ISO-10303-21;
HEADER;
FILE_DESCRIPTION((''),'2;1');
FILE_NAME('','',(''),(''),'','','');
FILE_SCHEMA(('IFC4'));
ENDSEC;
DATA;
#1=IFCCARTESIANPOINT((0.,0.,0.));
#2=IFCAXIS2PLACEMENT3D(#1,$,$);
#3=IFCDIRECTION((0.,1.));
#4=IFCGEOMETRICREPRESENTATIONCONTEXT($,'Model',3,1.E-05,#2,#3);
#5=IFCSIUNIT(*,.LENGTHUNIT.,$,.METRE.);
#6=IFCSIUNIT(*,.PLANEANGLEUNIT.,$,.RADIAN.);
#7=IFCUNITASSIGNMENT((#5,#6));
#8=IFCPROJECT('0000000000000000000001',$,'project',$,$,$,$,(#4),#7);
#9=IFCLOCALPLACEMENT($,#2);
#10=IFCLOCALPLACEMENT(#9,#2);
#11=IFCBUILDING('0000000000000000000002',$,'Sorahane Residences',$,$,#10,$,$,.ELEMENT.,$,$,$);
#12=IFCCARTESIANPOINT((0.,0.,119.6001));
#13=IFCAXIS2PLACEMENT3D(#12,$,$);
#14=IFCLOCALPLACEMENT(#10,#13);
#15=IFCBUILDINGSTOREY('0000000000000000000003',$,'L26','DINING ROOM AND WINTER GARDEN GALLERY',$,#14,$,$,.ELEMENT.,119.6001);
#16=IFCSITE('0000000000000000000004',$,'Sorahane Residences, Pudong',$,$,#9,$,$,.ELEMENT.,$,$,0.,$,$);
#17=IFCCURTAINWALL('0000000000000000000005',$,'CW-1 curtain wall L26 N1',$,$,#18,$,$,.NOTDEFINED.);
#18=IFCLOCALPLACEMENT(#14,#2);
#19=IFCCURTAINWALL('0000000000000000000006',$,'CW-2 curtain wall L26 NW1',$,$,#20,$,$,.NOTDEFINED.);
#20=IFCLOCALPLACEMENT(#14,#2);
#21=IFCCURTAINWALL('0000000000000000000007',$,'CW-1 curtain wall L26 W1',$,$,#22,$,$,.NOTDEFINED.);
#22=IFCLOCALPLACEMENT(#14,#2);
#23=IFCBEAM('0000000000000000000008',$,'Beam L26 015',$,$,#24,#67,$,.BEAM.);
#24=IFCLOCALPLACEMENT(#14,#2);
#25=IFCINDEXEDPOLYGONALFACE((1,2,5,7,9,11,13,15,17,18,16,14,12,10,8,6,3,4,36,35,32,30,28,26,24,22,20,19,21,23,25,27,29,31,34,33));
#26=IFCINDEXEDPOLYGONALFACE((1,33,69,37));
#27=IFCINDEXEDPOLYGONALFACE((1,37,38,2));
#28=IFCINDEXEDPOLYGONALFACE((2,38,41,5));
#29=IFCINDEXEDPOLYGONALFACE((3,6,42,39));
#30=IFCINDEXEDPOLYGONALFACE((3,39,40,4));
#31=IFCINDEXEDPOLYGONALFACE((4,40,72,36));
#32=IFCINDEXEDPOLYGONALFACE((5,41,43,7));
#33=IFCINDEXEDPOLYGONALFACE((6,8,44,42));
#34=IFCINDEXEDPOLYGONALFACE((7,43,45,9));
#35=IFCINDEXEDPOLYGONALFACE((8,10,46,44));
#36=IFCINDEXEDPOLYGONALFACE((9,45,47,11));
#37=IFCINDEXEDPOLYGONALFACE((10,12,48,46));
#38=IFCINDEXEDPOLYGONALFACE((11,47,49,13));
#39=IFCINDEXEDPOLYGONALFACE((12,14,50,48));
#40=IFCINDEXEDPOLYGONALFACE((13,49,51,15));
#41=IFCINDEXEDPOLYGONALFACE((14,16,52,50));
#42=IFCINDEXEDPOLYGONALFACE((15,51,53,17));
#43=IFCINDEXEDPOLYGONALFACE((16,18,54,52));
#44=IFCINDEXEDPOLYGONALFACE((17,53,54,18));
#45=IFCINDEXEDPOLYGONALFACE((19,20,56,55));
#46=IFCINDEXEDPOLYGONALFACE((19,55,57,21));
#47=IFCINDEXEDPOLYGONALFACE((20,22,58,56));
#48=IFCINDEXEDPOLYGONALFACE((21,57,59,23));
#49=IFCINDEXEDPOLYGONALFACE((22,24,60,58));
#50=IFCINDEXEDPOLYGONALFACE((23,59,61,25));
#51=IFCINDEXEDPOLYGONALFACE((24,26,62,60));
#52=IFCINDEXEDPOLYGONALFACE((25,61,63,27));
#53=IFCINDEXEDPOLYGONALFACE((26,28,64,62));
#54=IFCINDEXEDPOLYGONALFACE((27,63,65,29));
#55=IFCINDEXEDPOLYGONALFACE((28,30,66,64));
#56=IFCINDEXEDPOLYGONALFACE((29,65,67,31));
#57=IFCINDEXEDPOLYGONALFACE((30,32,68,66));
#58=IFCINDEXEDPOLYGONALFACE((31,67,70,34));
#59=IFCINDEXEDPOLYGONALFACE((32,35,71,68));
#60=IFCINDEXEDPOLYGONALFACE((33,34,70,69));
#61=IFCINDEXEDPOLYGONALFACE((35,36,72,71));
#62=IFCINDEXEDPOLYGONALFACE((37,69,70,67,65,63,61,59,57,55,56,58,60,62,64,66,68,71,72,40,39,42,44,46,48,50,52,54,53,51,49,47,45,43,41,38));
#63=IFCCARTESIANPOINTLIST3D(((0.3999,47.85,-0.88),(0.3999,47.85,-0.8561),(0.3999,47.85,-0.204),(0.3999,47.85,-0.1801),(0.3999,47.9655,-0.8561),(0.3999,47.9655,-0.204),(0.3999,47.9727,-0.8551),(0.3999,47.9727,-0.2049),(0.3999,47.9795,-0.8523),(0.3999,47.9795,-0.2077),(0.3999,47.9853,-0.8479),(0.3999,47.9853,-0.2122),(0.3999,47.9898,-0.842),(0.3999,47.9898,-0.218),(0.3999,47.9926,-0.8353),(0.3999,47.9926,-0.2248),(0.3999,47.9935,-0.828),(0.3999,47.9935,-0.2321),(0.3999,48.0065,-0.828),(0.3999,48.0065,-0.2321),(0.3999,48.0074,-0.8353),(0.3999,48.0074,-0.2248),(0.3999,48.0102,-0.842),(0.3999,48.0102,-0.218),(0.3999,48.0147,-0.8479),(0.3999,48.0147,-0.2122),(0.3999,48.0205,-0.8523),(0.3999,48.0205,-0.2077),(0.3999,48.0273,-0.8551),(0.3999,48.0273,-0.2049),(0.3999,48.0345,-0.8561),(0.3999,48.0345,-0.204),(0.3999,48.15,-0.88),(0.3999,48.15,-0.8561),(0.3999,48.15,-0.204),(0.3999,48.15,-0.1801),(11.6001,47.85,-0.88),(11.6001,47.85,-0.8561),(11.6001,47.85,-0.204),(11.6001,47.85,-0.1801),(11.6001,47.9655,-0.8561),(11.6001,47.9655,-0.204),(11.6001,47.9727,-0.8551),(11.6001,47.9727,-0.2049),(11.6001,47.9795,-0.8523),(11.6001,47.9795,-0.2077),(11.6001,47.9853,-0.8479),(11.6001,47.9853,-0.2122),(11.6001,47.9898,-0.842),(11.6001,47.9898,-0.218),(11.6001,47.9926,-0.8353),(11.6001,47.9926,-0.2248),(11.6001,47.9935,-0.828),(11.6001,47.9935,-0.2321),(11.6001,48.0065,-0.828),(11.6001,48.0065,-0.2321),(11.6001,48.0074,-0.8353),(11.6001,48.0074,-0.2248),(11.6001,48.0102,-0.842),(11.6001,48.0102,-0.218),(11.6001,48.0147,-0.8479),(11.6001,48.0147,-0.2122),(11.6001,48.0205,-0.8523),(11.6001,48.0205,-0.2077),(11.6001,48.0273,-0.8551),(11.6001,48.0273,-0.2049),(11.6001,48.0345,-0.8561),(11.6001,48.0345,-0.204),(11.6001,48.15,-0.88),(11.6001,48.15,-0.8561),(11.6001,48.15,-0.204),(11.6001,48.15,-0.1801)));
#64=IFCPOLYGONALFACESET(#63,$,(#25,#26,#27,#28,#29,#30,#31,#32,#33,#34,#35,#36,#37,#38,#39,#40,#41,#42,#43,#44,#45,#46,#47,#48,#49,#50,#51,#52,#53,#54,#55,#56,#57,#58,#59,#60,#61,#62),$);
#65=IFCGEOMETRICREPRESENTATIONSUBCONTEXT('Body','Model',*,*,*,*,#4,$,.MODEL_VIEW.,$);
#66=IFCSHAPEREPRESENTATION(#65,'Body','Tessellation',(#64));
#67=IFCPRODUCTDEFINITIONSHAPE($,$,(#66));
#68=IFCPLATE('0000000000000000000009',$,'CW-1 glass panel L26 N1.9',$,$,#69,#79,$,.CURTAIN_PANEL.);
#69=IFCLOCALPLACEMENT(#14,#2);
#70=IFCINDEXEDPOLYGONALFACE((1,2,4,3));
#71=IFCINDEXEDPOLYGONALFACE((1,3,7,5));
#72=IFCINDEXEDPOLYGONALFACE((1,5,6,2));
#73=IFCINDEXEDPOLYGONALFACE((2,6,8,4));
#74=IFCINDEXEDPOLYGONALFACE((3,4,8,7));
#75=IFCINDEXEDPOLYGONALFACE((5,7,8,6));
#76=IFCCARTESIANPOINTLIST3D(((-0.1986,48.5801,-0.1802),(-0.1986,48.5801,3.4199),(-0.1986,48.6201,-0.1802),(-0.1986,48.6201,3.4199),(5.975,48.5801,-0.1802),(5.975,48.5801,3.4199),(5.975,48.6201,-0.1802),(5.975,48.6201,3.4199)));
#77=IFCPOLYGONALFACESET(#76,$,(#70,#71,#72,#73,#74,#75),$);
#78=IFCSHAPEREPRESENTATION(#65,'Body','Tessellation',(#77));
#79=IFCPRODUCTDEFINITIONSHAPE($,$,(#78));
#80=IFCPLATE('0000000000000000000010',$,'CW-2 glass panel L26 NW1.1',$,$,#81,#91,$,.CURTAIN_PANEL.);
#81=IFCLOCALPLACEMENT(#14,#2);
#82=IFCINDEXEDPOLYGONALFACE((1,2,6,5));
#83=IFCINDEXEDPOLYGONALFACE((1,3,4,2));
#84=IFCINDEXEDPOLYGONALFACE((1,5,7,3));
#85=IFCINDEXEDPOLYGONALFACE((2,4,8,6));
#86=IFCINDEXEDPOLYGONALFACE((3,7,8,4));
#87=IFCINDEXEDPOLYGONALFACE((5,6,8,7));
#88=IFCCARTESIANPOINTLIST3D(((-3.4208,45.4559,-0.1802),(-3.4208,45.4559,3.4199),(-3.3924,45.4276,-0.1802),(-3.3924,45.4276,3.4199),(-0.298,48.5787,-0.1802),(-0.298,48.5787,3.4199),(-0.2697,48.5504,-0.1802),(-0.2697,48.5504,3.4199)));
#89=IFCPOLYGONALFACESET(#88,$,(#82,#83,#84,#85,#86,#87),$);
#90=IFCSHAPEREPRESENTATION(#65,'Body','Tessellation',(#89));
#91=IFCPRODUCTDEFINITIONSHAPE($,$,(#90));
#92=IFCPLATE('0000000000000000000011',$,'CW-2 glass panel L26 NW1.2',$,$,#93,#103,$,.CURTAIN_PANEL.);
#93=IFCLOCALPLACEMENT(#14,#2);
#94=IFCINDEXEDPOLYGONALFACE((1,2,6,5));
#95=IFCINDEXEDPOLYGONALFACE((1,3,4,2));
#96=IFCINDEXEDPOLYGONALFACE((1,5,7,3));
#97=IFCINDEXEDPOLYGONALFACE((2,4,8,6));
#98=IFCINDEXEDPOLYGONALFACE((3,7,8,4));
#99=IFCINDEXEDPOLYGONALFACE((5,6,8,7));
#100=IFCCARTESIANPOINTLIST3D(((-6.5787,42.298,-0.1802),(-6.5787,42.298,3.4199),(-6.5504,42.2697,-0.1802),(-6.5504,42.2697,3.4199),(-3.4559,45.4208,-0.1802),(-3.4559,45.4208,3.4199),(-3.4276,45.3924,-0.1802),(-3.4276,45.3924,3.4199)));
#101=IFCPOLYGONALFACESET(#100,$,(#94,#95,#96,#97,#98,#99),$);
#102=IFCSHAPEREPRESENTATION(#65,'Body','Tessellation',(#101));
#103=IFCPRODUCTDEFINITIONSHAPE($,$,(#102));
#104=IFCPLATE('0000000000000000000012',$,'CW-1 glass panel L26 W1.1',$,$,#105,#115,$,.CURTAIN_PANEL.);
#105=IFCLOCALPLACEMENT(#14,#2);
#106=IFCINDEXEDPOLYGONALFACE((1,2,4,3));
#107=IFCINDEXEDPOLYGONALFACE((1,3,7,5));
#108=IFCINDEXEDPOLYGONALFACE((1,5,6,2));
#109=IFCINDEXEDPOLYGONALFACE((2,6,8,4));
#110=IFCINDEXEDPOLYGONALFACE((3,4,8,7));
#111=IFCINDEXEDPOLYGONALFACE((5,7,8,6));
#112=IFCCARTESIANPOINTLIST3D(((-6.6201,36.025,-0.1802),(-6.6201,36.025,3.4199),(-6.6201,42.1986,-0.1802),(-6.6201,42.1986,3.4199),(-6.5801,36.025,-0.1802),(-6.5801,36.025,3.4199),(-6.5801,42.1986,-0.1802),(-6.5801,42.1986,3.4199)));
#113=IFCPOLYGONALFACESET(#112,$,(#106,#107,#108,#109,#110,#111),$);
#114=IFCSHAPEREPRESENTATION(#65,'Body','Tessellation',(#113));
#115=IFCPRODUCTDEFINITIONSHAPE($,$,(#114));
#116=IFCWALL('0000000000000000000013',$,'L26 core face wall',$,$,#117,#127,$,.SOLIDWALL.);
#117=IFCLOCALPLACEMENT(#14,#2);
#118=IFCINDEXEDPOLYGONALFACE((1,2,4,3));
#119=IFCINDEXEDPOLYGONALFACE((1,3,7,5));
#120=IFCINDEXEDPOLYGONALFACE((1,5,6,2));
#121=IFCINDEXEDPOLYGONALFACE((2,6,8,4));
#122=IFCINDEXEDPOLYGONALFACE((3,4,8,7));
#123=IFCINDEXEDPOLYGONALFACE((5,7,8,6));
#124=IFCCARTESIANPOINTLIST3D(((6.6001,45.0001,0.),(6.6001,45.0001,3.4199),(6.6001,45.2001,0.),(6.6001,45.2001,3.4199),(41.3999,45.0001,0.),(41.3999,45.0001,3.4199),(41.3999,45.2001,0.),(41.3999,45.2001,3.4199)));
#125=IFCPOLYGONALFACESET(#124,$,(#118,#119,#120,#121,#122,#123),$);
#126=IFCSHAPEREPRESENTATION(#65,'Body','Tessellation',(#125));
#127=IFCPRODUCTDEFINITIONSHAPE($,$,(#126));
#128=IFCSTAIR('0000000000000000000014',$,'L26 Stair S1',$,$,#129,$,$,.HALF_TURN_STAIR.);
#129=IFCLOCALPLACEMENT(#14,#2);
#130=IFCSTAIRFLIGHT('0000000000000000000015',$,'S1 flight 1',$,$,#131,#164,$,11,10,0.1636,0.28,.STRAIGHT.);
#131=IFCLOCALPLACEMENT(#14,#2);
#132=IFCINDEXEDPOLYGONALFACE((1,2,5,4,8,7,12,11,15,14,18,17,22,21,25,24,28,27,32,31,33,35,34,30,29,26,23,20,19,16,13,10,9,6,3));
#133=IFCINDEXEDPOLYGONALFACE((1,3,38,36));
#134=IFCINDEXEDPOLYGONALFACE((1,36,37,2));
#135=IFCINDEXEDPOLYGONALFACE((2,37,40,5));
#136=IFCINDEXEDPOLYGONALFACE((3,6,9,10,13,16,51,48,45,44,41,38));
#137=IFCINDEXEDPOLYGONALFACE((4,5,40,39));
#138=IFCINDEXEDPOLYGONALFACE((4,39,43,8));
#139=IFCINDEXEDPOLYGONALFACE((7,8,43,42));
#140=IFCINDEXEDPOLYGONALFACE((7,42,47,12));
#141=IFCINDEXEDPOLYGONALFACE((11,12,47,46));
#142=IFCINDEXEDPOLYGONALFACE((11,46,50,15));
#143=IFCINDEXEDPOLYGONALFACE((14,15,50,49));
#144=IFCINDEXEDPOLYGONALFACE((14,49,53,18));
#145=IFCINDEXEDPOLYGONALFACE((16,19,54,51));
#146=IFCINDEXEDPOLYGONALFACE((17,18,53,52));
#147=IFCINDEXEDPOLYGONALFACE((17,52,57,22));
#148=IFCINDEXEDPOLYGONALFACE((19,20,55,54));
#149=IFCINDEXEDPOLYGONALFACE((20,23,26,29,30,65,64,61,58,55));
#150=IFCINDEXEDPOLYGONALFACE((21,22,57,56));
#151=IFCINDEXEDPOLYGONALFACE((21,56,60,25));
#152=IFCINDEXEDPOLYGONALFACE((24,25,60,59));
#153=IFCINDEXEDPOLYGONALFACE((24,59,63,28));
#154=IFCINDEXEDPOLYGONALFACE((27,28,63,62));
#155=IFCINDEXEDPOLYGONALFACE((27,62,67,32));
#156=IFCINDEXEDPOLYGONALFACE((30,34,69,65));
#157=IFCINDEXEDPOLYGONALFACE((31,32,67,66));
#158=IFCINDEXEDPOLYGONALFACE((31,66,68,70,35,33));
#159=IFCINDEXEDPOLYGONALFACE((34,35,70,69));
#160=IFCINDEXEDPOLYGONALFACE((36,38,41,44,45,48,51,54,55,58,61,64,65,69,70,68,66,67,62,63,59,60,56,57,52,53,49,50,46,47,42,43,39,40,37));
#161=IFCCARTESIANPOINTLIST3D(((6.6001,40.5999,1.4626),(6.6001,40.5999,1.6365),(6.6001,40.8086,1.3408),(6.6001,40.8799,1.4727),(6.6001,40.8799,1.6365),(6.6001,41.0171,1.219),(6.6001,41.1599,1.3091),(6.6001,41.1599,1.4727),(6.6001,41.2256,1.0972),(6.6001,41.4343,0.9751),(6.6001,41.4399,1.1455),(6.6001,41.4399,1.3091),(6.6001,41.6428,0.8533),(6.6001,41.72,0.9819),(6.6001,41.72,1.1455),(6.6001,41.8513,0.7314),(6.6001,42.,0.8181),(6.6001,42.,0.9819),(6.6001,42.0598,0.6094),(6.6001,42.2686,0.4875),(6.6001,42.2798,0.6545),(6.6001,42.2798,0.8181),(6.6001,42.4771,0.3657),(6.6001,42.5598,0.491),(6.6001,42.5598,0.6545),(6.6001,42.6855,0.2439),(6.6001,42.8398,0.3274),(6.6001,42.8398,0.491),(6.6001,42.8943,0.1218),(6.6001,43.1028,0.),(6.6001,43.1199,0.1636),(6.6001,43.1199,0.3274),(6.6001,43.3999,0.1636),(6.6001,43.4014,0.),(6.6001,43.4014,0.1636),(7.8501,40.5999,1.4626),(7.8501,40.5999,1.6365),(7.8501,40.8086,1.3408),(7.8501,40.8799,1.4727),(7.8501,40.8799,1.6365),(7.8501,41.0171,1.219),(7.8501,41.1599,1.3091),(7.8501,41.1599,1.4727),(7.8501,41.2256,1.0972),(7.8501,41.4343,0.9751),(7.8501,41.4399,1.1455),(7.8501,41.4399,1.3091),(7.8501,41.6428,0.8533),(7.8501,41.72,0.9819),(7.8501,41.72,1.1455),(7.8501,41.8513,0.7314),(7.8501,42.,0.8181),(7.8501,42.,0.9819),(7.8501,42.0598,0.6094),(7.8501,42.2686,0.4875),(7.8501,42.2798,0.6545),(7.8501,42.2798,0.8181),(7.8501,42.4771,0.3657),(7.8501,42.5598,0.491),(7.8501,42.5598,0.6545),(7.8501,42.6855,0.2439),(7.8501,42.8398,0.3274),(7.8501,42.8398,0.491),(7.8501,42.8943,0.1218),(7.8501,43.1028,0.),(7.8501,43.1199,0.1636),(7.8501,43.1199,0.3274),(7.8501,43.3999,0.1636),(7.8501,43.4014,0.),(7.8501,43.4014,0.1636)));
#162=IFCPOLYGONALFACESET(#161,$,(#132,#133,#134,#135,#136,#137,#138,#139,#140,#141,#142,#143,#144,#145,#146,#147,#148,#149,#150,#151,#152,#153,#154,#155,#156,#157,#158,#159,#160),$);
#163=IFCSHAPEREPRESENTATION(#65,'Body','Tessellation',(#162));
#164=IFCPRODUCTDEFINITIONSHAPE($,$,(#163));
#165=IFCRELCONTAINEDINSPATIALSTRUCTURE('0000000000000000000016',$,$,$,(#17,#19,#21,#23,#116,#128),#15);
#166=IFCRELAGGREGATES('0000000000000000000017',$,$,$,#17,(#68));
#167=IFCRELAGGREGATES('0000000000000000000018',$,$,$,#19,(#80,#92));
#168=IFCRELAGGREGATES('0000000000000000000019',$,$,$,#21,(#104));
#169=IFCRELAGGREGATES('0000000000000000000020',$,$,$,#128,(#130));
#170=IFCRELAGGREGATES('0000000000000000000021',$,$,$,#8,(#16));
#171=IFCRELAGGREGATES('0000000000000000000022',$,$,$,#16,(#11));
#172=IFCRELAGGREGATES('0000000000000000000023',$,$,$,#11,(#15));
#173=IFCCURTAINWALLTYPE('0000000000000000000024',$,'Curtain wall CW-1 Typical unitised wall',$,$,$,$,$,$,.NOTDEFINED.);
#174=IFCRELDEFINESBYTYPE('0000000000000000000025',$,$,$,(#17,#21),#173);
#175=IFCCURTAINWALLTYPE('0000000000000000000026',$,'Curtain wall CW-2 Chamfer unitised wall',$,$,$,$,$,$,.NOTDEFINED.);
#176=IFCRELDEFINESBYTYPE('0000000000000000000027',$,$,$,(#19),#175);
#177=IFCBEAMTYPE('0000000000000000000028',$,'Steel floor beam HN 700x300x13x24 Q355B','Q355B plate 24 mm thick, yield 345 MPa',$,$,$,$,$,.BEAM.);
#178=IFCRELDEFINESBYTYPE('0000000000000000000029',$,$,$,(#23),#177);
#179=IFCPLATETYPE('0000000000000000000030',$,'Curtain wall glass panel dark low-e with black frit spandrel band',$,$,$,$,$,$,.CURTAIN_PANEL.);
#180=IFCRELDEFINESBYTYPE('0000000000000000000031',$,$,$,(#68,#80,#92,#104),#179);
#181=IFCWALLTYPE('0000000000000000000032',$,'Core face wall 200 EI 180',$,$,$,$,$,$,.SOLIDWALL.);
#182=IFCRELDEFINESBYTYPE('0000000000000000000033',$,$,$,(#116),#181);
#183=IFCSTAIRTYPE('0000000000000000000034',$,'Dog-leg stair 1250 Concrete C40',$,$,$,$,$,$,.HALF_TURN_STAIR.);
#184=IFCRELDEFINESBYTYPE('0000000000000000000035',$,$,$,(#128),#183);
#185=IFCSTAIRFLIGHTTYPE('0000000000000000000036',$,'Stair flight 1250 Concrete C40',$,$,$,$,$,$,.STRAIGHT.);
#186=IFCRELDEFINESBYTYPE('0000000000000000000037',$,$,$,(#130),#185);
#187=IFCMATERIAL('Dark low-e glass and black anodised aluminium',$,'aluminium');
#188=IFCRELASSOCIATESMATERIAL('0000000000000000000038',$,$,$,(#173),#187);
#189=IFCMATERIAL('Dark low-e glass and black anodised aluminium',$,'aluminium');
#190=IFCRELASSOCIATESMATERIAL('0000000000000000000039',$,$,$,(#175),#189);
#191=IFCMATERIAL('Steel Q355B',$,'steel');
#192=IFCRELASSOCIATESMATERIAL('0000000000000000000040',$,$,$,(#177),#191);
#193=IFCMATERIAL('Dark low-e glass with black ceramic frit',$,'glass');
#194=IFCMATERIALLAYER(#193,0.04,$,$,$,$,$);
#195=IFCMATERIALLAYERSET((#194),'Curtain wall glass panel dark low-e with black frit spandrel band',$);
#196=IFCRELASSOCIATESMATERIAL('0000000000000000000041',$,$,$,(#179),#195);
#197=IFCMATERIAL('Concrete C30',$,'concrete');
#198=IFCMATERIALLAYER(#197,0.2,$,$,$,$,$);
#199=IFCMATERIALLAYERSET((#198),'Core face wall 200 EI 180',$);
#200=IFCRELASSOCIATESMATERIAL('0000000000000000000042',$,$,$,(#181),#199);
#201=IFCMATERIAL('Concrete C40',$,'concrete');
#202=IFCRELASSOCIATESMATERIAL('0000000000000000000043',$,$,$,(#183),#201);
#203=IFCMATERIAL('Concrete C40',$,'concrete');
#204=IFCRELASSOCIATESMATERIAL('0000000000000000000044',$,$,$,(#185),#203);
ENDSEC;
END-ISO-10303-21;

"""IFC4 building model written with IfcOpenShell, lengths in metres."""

from ifc_helpers import new_model, si_unit, direction, frame, frame_2d, origin, origin_2d, place, context, subcontext, project, spatial, polyline, rectangle, i_section, outline, extrude, material, layer, layer_set, material_profile, profile_set, type_object, element, aggregate, save


model = new_model("IFC4")

# Units and contexts
model_context = context("Model", 3, precision=1e-05, world=origin(), true_north=direction((0.0, 1.0)))
body_context = subcontext(model_context, "Body", "Model", "MODEL_VIEW")
ifc_project = project(units=[si_unit("LENGTHUNIT", "METRE"), si_unit("PLANEANGLEUNIT", "RADIAN")], contexts=[model_context])

# Site, building, storey
site_placement = place(None, origin())
site = spatial("IfcSite", under=ifc_project, at=site_placement, Name="Sorahane Residences, Pudong", CompositionType="ELEMENT", RefElevation=0.0)
building_placement = place(site_placement, origin())
building = spatial("IfcBuilding", under=site, at=building_placement, Name="Sorahane Residences", CompositionType="ELEMENT")
storey_placement = place(building_placement, frame((0.0, 0.0, 119.6001)))
storey = spatial("IfcBuildingStorey", under=building, at=storey_placement, Name="L26", Description="DINING ROOM AND WINTER GARDEN GALLERY", CompositionType="ELEMENT", Elevation=119.6001)

# Curtain walls
ifc_material_1 = material(Name="Dark low-e glass and black anodised aluminium", Category="aluminium")
curtain_wall_type_1 = type_object("IfcCurtainWallType", Name="Curtain wall CW-1 Typical unitised wall", PredefinedType="NOTDEFINED", material=ifc_material_1)
curtain_wall_1_placement = place(storey_placement, origin())
curtain_wall_1 = element("IfcCurtainWall", 1, at=curtain_wall_1_placement, inside=storey, type_object=curtain_wall_type_1, Name="CW-1 curtain wall L26 N1", PredefinedType="NOTDEFINED")
ifc_material_2 = material(Name="Dark low-e glass and black anodised aluminium", Category="aluminium")
curtain_wall_type_2 = type_object("IfcCurtainWallType", Name="Curtain wall CW-2 Chamfer unitised wall", PredefinedType="NOTDEFINED", material=ifc_material_2)
curtain_wall_2_placement = place(storey_placement, origin())
curtain_wall_2 = element("IfcCurtainWall", 2, at=curtain_wall_2_placement, inside=storey, type_object=curtain_wall_type_2, Name="CW-2 curtain wall L26 NW1", PredefinedType="NOTDEFINED")

# Curtain wall
curtain_wall_3_placement = place(storey_placement, origin())
curtain_wall_3 = element("IfcCurtainWall", 3, at=curtain_wall_3_placement, inside=storey, type_object=curtain_wall_type_1, Name="CW-1 curtain wall L26 W1", PredefinedType="NOTDEFINED")

# Beam
ifc_material_3 = material(Name="Steel Q355B", Category="steel")
ifc_material_profile_1 = material_profile(ifc_material_3, i_section(OverallWidth=0.3, OverallDepth=0.7, WebThickness=0.0129, FlangeThickness=0.0239, FilletRadius=0.0281, at=origin_2d()), Name="HN 700x300x13x24")
ifc_profile_set_1 = profile_set([ifc_material_profile_1], Name="Steel Q355B")
beam_type_1 = type_object("IfcBeamType", Name="Steel floor beam HN 700x300x13x24 Q355B", Description="Q355B plate 24 mm thick, yield 345 MPa", PredefinedType="BEAM", material=ifc_profile_set_1)
beam_1_placement = place(storey_placement, frame((0.3999, 48.0, -0.53), z_axis=(1.0, 0.0, 0.0), x_axis=(0.0, 1.0, 0.0)))
element("IfcBeam", 4, at=beam_1_placement, inside=storey, type_object=beam_type_1, Name="Beam L26 015", PredefinedType="BEAM", context=body_context, shape_type="SweptSolid", body=[
    extrude(i_section(OverallWidth=0.3, OverallDepth=0.7, WebThickness=0.0129, FlangeThickness=0.0239, FilletRadius=0.0281, at=origin_2d()), origin(), (0.0, 0.0, 1.0), 11.2002),
])

# Plates
ifc_material_4 = material(Name="Dark low-e glass with black ceramic frit", Category="glass")
ifc_layer_1 = layer(ifc_material_4, 0.04)
ifc_layer_set_1 = layer_set([ifc_layer_1], Name="Curtain wall glass panel dark low-e with black frit spandrel band")
plate_type = type_object("IfcPlateType", Name="Curtain wall glass panel dark low-e with black frit spandrel band", PredefinedType="CURTAIN_PANEL", material=ifc_layer_set_1)
plate_1_placement = place(storey_placement, frame((2.8882, 48.6001, -0.1802), z_axis=(0.0, 0.0, 1.0), x_axis=(-1.0, 0.0, 0.0)))
plate_1 = element("IfcPlate", 5, at=plate_1_placement, type_object=plate_type, Name="CW-1 glass panel L26 N1.9", PredefinedType="CURTAIN_PANEL", context=body_context, shape_type="SweptSolid", body=[
    extrude(rectangle(XDim=6.1736, YDim=0.04, at=origin_2d()), origin(), (0.0, 0.0, 1.0), 3.6001),
])
aggregate(curtain_wall_1, [plate_1])
plate_2_placement = place(storey_placement, frame((-1.8452, 47.0032, -0.1802), z_axis=(0.0, 0.0, 1.0), x_axis=(-0.707107, -0.707107, 0.0)))
plate_2 = element("IfcPlate", 6, at=plate_2_placement, type_object=plate_type, Name="CW-2 glass panel L26 NW1.1", PredefinedType="CURTAIN_PANEL", context=body_context, shape_type="SweptSolid", body=[
    extrude(rectangle(XDim=4.4163, YDim=0.04, at=origin_2d()), origin(), (0.0, 0.0, 1.0), 3.6001),
])
plate_3_placement = place(storey_placement, frame((-5.0032, 43.8452, -0.1802), z_axis=(0.0, 0.0, 1.0), x_axis=(-0.707107, -0.707107, 0.0)))
plate_3 = element("IfcPlate", 7, at=plate_3_placement, type_object=plate_type, Name="CW-2 glass panel L26 NW1.2", PredefinedType="CURTAIN_PANEL", context=body_context, shape_type="SweptSolid", body=[
    extrude(rectangle(XDim=4.4163, YDim=0.04, at=origin_2d()), origin(), (0.0, 0.0, 1.0), 3.6001),
])
aggregate(curtain_wall_2, [plate_2, plate_3])
plate_4_placement = place(storey_placement, frame((-6.6001, 39.1118, -0.1802), z_axis=(0.0, 0.0, 1.0), x_axis=(0.0, -1.0, 0.0)))
plate_4 = element("IfcPlate", 8, at=plate_4_placement, type_object=plate_type, Name="CW-1 glass panel L26 W1.1", PredefinedType="CURTAIN_PANEL", context=body_context, shape_type="SweptSolid", body=[
    extrude(rectangle(XDim=6.1736, YDim=0.04, at=origin_2d()), origin(), (0.0, 0.0, 1.0), 3.6001),
])
aggregate(curtain_wall_3, [plate_4])

# Wall
ifc_material_5 = material(Name="Concrete C30", Category="concrete")
ifc_layer_2 = layer(ifc_material_5, 0.2)
ifc_layer_set_2 = layer_set([ifc_layer_2], Name="Core face wall 200 EI 180")
wall_type = type_object("IfcWallType", Name="Core face wall 200 EI 180", PredefinedType="SOLIDWALL", material=ifc_layer_set_2)
wall_placement = place(storey_placement, frame((6.6001, 45.1001, 0.0), z_axis=(0.0, 0.0, 1.0), x_axis=(1.0, 0.0, 0.0)))
element("IfcWall", 9, at=wall_placement, inside=storey, type_object=wall_type, Name="L26 core face wall", PredefinedType="SOLIDWALL", context=body_context, shape_type="SweptSolid", body=[
    extrude(rectangle(XDim=34.7998, YDim=0.2, at=frame_2d((17.3999, 0.0))), origin(), (0.0, 0.0, 1.0), 3.4199),
])

# Stair, stair flight
ifc_material_6 = material(Name="Concrete C40", Category="concrete")
stair_type = type_object("IfcStairType", Name="Dog-leg stair 1250 Concrete C40", PredefinedType="HALF_TURN_STAIR", material=ifc_material_6)
stair_placement = place(storey_placement, origin())
stair = element("IfcStair", 10, at=stair_placement, inside=storey, type_object=stair_type, Name="L26 Stair S1", PredefinedType="HALF_TURN_STAIR")
ifc_material_7 = material(Name="Concrete C40", Category="concrete")
stair_flight_type = type_object("IfcStairFlightType", Name="Stair flight 1250 Concrete C40", PredefinedType="STRAIGHT", material=ifc_material_7)
stair_flight_placement = place(storey_placement, frame((7.2251, 43.3999, 0.0), z_axis=(0.0, 0.0, 1.0), x_axis=(0.0, -1.0, 0.0)))
stair_flight = element("IfcStairFlight", 11, at=stair_flight_placement, type_object=stair_flight_type, Name="S1 flight 1", NumberOfRisers=11, NumberOfTreads=10, PredefinedType="STRAIGHT", RiserHeight=0.1636, TreadLength=0.28, context=body_context, shape_type="SweptSolid", body=[
    extrude(outline(polyline([(-0.0015, 0.0), (-0.0015, 0.1636), (0.0, 0.1636), (0.28, 0.1636), (0.28, 0.3274), (0.5601, 0.3274), (0.5601, 0.491), (0.8401, 0.491), (0.8401, 0.6545), (1.1201, 0.6545), (1.1201, 0.8181), (1.3999, 0.8181), (1.3999, 0.9819), (1.6799, 0.9819), (1.6799, 1.1455), (1.96, 1.1455), (1.96, 1.3091), (2.24, 1.3091), (2.24, 1.4727), (2.52, 1.4727), (2.52, 1.6365), (2.8, 1.6365), (2.8, 1.8), (2.8, 1.4626), (2.5913, 1.3408), (2.3828, 1.219), (2.1743, 1.0972), (1.9656, 0.9751), (1.7571, 0.8533), (1.5486, 0.7314), (1.3401, 0.6094), (1.1313, 0.4875), (0.9229, 0.3657), (0.7144, 0.2439), (0.5056, 0.1218), (0.2971, 0.0), (-0.0015, 0.0)])), frame((0.0, 0.625, 0.0), z_axis=(0.0, -1.0, 0.0), x_axis=(1.0, 0.0, 0.0)), (0.0, 0.0, 1.0), 1.25),
])
aggregate(stair, [stair_flight])

save(model, "model.ifc")
